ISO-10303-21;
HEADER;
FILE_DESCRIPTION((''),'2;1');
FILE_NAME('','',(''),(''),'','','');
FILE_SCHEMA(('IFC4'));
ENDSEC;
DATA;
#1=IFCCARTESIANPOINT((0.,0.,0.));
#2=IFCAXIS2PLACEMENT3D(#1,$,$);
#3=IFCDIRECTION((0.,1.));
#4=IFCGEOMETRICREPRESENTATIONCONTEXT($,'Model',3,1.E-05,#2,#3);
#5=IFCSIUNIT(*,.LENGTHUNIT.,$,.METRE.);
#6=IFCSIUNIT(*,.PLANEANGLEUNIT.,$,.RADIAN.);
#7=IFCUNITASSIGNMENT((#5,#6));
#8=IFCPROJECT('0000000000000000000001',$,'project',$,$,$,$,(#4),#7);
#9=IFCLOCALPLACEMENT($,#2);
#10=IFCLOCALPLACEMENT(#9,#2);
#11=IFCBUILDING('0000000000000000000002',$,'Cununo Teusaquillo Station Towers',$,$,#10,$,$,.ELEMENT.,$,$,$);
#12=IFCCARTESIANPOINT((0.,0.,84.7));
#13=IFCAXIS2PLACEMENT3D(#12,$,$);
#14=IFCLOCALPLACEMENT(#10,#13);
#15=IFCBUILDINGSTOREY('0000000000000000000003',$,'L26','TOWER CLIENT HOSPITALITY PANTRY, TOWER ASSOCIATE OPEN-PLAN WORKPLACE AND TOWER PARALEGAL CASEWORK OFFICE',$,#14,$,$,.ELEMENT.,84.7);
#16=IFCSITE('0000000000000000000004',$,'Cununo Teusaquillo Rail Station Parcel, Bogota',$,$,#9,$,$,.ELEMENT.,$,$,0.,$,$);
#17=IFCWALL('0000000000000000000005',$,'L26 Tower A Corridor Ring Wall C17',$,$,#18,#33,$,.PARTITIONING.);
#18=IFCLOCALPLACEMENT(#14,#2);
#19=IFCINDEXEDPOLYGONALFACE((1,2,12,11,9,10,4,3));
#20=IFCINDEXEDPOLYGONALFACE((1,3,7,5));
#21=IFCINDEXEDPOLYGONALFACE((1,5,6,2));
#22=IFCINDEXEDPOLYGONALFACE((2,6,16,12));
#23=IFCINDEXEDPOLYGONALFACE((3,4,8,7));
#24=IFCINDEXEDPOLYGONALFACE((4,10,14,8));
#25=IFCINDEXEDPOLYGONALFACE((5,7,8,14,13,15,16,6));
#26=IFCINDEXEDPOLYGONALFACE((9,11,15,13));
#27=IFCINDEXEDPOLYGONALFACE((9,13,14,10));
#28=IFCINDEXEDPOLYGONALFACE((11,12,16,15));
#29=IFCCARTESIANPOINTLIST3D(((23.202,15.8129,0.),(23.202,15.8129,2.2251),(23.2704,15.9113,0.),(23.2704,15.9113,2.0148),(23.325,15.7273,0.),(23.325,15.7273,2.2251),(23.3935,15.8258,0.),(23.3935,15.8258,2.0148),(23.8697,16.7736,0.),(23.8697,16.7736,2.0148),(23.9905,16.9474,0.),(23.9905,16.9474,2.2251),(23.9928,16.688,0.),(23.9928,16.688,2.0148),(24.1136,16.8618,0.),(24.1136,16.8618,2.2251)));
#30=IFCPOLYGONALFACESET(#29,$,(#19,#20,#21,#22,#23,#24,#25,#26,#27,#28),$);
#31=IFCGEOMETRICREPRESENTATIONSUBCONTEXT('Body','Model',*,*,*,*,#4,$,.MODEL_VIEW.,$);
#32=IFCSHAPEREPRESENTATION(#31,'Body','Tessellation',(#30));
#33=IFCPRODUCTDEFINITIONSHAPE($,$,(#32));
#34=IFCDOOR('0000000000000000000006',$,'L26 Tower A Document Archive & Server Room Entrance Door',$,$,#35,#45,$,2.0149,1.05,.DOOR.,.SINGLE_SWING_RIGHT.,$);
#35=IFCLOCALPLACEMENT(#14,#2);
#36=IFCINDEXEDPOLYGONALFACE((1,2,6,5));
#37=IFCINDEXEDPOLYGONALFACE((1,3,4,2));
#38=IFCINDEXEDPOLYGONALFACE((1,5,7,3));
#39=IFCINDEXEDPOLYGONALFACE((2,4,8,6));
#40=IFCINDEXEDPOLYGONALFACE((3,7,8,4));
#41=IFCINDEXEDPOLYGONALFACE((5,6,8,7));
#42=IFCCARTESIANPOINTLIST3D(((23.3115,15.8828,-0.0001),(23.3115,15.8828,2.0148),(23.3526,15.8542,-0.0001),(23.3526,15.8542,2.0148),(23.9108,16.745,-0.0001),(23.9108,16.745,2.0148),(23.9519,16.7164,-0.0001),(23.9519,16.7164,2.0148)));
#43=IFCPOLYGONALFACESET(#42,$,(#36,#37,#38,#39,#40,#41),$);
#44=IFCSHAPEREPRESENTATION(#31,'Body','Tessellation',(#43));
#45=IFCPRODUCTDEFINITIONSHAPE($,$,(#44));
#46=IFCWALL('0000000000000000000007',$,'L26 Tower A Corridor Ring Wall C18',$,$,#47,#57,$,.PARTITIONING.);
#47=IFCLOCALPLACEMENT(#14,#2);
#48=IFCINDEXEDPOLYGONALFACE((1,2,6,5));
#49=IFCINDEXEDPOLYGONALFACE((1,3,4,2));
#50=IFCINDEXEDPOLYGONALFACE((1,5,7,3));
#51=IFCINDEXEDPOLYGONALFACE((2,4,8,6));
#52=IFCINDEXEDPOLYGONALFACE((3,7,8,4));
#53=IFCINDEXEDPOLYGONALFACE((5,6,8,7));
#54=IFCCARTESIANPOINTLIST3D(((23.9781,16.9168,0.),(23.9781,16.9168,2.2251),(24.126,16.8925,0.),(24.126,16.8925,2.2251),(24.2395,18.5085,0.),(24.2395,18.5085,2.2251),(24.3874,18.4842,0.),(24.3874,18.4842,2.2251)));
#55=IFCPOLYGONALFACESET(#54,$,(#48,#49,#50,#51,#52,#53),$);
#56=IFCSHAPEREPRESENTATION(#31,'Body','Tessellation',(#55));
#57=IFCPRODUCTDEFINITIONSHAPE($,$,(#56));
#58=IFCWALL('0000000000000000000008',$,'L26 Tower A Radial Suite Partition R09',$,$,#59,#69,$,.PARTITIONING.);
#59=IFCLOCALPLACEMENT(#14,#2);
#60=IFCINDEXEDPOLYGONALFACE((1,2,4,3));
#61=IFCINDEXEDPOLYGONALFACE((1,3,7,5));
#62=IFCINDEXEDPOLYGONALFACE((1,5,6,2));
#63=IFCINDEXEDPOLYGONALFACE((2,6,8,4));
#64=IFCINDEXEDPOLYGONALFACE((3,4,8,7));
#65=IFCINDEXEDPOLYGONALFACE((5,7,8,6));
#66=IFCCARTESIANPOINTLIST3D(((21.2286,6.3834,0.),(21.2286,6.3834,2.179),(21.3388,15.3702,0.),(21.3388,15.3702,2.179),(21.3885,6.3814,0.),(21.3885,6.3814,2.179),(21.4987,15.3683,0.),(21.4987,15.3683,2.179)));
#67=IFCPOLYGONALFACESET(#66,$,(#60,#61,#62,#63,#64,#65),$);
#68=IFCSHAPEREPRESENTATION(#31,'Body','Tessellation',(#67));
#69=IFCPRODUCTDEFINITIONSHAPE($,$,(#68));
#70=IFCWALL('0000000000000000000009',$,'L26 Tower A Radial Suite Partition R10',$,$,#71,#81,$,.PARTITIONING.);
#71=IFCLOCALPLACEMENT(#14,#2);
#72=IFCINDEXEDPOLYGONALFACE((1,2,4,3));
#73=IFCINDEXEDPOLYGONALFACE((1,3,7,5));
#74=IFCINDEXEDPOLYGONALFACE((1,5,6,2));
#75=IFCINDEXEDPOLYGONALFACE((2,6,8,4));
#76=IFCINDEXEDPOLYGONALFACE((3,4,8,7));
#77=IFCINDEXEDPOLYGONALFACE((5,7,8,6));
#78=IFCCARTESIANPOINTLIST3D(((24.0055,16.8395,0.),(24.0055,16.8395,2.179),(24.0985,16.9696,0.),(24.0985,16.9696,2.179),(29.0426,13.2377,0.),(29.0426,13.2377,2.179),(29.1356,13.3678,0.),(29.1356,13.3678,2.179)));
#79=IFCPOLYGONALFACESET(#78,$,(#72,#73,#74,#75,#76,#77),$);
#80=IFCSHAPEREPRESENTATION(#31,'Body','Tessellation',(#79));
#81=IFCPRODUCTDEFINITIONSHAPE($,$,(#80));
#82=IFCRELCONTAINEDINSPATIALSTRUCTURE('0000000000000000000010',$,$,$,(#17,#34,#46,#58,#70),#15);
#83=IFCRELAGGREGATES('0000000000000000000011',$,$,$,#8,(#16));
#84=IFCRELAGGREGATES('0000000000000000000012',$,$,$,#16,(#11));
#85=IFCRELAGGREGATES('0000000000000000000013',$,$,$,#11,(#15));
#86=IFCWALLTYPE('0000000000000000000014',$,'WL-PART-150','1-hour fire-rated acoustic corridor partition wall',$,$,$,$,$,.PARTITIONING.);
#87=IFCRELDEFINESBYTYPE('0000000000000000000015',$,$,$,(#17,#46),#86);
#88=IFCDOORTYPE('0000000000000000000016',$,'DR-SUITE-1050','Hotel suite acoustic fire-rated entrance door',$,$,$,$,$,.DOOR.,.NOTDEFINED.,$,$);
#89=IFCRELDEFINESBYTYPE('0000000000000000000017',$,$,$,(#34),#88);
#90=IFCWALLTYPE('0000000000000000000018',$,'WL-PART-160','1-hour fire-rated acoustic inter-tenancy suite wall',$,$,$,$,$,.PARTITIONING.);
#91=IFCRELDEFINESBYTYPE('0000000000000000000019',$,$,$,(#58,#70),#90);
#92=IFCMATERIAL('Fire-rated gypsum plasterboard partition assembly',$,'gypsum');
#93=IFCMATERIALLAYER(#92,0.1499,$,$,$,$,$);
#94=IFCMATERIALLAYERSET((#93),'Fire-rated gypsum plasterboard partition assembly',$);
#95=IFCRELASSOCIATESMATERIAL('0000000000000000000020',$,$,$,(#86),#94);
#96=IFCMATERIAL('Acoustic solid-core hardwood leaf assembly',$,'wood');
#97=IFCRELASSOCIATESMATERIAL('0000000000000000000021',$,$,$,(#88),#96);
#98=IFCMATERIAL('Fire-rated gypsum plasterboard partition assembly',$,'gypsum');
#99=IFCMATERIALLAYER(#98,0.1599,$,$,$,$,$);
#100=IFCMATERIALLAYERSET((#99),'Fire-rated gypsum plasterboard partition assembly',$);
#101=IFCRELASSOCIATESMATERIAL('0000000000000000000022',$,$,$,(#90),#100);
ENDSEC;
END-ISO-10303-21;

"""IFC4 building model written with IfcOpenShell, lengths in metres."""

from ifc_helpers import new_model, si_unit, direction, frame, frame_2d, origin, place, context, subcontext, project, spatial, rectangle, extrude, source, transform, mapped, material, layer, layer_set, type_object, element, fill, save


model = new_model("IFC4")

# Units and contexts
model_context = context("Model", 3, precision=1e-05, world=origin(), true_north=direction((0.0, 1.0)))
body_context = subcontext(model_context, "Body", "Model", "MODEL_VIEW")
ifc_project = project(units=[si_unit("LENGTHUNIT", "METRE"), si_unit("PLANEANGLEUNIT", "RADIAN")], contexts=[model_context])

# Site, building, storey
site_placement = place(None, origin())
site = spatial("IfcSite", under=ifc_project, at=site_placement, Name="Cununo Teusaquillo Rail Station Parcel, Bogota", CompositionType="ELEMENT", RefElevation=0.0)
building_placement = place(site_placement, origin())
building = spatial("IfcBuilding", under=site, at=building_placement, Name="Cununo Teusaquillo Station Towers", CompositionType="ELEMENT")
storey_placement = place(building_placement, frame((0.0, 0.0, 84.7)))
storey = spatial("IfcBuildingStorey", under=building, at=storey_placement, Name="L26", Description="TOWER CLIENT HOSPITALITY PANTRY, TOWER ASSOCIATE OPEN-PLAN WORKPLACE AND TOWER PARALEGAL CASEWORK OFFICE", CompositionType="ELEMENT", Elevation=84.7)

# Shared definitions
ifc_material_1 = material(Name="Fire-rated gypsum plasterboard partition assembly", Category="gypsum")
ifc_layer_1 = layer(ifc_material_1, 0.1499)
ifc_layer_set_1 = layer_set([ifc_layer_1], Name="Fire-rated gypsum plasterboard partition assembly")
wall_type_1 = type_object("IfcWallType", Name="WL-PART-150", Description="1-hour fire-rated acoustic corridor partition wall", PredefinedType="PARTITIONING", material=ifc_layer_set_1)
shared_shape_1 = source(origin(), body_context, "Body", "SweptSolid", [
    extrude(rectangle(XDim=1.05, YDim=2.0149, at=frame_2d((0.5249, 1.0073))), frame((0.0, 0.085, 0.0), z_axis=(0.0, -1.0, 0.0), x_axis=(1.0, 0.0, 0.0)), (0.0, 0.0, 1.0), 0.1699),
])
ifc_material_2 = material(Name="Acoustic solid-core hardwood leaf assembly", Category="wood")
door_type_1 = type_object("IfcDoorType", Name="DR-SUITE-1050", Description="Hotel suite acoustic fire-rated entrance door", OperationType="NOTDEFINED", PredefinedType="DOOR", material=ifc_material_2)
shared_shape_2 = source(origin(), body_context, "Body", "SweptSolid", [
    extrude(rectangle(XDim=1.05, YDim=2.0149, at=frame_2d((0.5249, 1.0073))), frame((0.0, 0.0249, 0.0), z_axis=(0.0, -1.0, 0.0), x_axis=(1.0, 0.0, 0.0)), (0.0, 0.0, 1.0), 0.05),
])

# Wall, opening, door
wall_1_placement = place(storey_placement, frame((23.2634, 15.77, 0.0), z_axis=(0.0, 0.0, 1.0), x_axis=(0.570743, 0.821128, 0.0)))
wall_1 = element("IfcWall", 1, at=wall_1_placement, inside=storey, type_object=wall_type_1, Name="L26 Tower A Corridor Ring Wall C17", PredefinedType="PARTITIONING", context=body_context, shape_type="SweptSolid", body=[
    extrude(rectangle(XDim=1.3816, YDim=0.1499, at=frame_2d((0.6909, 0.0))), origin(), (0.0, 0.0, 1.0), 2.2251),
])
opening_1_placement = place(wall_1_placement, frame((0.1201, 0.0, 0.0)))
opening_1 = element("IfcOpeningElement", 2, at=opening_1_placement, cuts=wall_1, PredefinedType="OPENING", context=body_context, shape_type="MappedRepresentation", body=[
    mapped(shared_shape_1, transform((0.0, 0.0, 0.0), x_axis=(1.0, 0.0, 0.0), y_axis=(0.0, 1.0, 0.0), z_axis=(0.0, 0.0, 1.0), scale=1.0)),
])
door_1_placement = place(opening_1_placement, origin())
door_1 = element("IfcDoor", 3, at=door_1_placement, inside=storey, type_object=door_type_1, Name="L26 Tower A Document Archive & Server Room Entrance Door", OperationType="SINGLE_SWING_RIGHT", OverallHeight=2.0149, OverallWidth=1.05, PredefinedType="DOOR", context=body_context, shape_type="MappedRepresentation", body=[
    mapped(shared_shape_2, transform((0.0, 0.0, 0.0), x_axis=(1.0, 0.0, 0.0), y_axis=(0.0, 1.0, 0.0), z_axis=(0.0, 0.0, 1.0), scale=1.0)),
])
fill(opening_1, door_1)

# Walls
wall_2_placement = place(storey_placement, frame((24.052, 16.9045, 0.0), z_axis=(0.0, 0.0, 1.0), x_axis=(0.162092, 0.986776, 0.0)))
element("IfcWall", 4, at=wall_2_placement, inside=storey, type_object=wall_type_1, Name="L26 Tower A Corridor Ring Wall C18", PredefinedType="PARTITIONING", context=body_context, shape_type="SweptSolid", body=[
    extrude(rectangle(XDim=1.613, YDim=0.1499, at=frame_2d((0.8066, 0.0))), origin(), (0.0, 0.0, 1.0), 2.2251),
])
ifc_material_3 = material(Name="Fire-rated gypsum plasterboard partition assembly", Category="gypsum")
ifc_layer_2 = layer(ifc_material_3, 0.1599)
ifc_layer_set_2 = layer_set([ifc_layer_2], Name="Fire-rated gypsum plasterboard partition assembly")
wall_type_2 = type_object("IfcWallType", Name="WL-PART-160", Description="1-hour fire-rated acoustic inter-tenancy suite wall", PredefinedType="PARTITIONING", material=ifc_layer_set_2)
wall_3_placement = place(storey_placement, frame((21.4187, 15.3691, 0.0), z_axis=(0.0, 0.0, 1.0), x_axis=(-0.012251, -0.999925, 0.0)))
element("IfcWall", 5, at=wall_3_placement, inside=storey, type_object=wall_type_2, Name="L26 Tower A Radial Suite Partition R09", PredefinedType="PARTITIONING", context=body_context, shape_type="SweptSolid", body=[
    extrude(rectangle(XDim=8.9875, YDim=0.1599, at=frame_2d((4.4937, 0.0))), origin(), (0.0, 0.0, 1.0), 2.179),
])
wall_4_placement = place(storey_placement, frame((24.052, 16.9045, 0.0), z_axis=(0.0, 0.0, 1.0), x_axis=(0.813438, -0.581652, 0.0)))
element("IfcWall", 6, at=wall_4_placement, inside=storey, type_object=wall_type_2, Name="L26 Tower A Radial Suite Partition R10", PredefinedType="PARTITIONING", context=body_context, shape_type="SweptSolid", body=[
    extrude(rectangle(XDim=6.1924, YDim=0.1599, at=frame_2d((3.0962, 0.0))), origin(), (0.0, 0.0, 1.0), 2.179),
])

save(model, "model.ifc")
